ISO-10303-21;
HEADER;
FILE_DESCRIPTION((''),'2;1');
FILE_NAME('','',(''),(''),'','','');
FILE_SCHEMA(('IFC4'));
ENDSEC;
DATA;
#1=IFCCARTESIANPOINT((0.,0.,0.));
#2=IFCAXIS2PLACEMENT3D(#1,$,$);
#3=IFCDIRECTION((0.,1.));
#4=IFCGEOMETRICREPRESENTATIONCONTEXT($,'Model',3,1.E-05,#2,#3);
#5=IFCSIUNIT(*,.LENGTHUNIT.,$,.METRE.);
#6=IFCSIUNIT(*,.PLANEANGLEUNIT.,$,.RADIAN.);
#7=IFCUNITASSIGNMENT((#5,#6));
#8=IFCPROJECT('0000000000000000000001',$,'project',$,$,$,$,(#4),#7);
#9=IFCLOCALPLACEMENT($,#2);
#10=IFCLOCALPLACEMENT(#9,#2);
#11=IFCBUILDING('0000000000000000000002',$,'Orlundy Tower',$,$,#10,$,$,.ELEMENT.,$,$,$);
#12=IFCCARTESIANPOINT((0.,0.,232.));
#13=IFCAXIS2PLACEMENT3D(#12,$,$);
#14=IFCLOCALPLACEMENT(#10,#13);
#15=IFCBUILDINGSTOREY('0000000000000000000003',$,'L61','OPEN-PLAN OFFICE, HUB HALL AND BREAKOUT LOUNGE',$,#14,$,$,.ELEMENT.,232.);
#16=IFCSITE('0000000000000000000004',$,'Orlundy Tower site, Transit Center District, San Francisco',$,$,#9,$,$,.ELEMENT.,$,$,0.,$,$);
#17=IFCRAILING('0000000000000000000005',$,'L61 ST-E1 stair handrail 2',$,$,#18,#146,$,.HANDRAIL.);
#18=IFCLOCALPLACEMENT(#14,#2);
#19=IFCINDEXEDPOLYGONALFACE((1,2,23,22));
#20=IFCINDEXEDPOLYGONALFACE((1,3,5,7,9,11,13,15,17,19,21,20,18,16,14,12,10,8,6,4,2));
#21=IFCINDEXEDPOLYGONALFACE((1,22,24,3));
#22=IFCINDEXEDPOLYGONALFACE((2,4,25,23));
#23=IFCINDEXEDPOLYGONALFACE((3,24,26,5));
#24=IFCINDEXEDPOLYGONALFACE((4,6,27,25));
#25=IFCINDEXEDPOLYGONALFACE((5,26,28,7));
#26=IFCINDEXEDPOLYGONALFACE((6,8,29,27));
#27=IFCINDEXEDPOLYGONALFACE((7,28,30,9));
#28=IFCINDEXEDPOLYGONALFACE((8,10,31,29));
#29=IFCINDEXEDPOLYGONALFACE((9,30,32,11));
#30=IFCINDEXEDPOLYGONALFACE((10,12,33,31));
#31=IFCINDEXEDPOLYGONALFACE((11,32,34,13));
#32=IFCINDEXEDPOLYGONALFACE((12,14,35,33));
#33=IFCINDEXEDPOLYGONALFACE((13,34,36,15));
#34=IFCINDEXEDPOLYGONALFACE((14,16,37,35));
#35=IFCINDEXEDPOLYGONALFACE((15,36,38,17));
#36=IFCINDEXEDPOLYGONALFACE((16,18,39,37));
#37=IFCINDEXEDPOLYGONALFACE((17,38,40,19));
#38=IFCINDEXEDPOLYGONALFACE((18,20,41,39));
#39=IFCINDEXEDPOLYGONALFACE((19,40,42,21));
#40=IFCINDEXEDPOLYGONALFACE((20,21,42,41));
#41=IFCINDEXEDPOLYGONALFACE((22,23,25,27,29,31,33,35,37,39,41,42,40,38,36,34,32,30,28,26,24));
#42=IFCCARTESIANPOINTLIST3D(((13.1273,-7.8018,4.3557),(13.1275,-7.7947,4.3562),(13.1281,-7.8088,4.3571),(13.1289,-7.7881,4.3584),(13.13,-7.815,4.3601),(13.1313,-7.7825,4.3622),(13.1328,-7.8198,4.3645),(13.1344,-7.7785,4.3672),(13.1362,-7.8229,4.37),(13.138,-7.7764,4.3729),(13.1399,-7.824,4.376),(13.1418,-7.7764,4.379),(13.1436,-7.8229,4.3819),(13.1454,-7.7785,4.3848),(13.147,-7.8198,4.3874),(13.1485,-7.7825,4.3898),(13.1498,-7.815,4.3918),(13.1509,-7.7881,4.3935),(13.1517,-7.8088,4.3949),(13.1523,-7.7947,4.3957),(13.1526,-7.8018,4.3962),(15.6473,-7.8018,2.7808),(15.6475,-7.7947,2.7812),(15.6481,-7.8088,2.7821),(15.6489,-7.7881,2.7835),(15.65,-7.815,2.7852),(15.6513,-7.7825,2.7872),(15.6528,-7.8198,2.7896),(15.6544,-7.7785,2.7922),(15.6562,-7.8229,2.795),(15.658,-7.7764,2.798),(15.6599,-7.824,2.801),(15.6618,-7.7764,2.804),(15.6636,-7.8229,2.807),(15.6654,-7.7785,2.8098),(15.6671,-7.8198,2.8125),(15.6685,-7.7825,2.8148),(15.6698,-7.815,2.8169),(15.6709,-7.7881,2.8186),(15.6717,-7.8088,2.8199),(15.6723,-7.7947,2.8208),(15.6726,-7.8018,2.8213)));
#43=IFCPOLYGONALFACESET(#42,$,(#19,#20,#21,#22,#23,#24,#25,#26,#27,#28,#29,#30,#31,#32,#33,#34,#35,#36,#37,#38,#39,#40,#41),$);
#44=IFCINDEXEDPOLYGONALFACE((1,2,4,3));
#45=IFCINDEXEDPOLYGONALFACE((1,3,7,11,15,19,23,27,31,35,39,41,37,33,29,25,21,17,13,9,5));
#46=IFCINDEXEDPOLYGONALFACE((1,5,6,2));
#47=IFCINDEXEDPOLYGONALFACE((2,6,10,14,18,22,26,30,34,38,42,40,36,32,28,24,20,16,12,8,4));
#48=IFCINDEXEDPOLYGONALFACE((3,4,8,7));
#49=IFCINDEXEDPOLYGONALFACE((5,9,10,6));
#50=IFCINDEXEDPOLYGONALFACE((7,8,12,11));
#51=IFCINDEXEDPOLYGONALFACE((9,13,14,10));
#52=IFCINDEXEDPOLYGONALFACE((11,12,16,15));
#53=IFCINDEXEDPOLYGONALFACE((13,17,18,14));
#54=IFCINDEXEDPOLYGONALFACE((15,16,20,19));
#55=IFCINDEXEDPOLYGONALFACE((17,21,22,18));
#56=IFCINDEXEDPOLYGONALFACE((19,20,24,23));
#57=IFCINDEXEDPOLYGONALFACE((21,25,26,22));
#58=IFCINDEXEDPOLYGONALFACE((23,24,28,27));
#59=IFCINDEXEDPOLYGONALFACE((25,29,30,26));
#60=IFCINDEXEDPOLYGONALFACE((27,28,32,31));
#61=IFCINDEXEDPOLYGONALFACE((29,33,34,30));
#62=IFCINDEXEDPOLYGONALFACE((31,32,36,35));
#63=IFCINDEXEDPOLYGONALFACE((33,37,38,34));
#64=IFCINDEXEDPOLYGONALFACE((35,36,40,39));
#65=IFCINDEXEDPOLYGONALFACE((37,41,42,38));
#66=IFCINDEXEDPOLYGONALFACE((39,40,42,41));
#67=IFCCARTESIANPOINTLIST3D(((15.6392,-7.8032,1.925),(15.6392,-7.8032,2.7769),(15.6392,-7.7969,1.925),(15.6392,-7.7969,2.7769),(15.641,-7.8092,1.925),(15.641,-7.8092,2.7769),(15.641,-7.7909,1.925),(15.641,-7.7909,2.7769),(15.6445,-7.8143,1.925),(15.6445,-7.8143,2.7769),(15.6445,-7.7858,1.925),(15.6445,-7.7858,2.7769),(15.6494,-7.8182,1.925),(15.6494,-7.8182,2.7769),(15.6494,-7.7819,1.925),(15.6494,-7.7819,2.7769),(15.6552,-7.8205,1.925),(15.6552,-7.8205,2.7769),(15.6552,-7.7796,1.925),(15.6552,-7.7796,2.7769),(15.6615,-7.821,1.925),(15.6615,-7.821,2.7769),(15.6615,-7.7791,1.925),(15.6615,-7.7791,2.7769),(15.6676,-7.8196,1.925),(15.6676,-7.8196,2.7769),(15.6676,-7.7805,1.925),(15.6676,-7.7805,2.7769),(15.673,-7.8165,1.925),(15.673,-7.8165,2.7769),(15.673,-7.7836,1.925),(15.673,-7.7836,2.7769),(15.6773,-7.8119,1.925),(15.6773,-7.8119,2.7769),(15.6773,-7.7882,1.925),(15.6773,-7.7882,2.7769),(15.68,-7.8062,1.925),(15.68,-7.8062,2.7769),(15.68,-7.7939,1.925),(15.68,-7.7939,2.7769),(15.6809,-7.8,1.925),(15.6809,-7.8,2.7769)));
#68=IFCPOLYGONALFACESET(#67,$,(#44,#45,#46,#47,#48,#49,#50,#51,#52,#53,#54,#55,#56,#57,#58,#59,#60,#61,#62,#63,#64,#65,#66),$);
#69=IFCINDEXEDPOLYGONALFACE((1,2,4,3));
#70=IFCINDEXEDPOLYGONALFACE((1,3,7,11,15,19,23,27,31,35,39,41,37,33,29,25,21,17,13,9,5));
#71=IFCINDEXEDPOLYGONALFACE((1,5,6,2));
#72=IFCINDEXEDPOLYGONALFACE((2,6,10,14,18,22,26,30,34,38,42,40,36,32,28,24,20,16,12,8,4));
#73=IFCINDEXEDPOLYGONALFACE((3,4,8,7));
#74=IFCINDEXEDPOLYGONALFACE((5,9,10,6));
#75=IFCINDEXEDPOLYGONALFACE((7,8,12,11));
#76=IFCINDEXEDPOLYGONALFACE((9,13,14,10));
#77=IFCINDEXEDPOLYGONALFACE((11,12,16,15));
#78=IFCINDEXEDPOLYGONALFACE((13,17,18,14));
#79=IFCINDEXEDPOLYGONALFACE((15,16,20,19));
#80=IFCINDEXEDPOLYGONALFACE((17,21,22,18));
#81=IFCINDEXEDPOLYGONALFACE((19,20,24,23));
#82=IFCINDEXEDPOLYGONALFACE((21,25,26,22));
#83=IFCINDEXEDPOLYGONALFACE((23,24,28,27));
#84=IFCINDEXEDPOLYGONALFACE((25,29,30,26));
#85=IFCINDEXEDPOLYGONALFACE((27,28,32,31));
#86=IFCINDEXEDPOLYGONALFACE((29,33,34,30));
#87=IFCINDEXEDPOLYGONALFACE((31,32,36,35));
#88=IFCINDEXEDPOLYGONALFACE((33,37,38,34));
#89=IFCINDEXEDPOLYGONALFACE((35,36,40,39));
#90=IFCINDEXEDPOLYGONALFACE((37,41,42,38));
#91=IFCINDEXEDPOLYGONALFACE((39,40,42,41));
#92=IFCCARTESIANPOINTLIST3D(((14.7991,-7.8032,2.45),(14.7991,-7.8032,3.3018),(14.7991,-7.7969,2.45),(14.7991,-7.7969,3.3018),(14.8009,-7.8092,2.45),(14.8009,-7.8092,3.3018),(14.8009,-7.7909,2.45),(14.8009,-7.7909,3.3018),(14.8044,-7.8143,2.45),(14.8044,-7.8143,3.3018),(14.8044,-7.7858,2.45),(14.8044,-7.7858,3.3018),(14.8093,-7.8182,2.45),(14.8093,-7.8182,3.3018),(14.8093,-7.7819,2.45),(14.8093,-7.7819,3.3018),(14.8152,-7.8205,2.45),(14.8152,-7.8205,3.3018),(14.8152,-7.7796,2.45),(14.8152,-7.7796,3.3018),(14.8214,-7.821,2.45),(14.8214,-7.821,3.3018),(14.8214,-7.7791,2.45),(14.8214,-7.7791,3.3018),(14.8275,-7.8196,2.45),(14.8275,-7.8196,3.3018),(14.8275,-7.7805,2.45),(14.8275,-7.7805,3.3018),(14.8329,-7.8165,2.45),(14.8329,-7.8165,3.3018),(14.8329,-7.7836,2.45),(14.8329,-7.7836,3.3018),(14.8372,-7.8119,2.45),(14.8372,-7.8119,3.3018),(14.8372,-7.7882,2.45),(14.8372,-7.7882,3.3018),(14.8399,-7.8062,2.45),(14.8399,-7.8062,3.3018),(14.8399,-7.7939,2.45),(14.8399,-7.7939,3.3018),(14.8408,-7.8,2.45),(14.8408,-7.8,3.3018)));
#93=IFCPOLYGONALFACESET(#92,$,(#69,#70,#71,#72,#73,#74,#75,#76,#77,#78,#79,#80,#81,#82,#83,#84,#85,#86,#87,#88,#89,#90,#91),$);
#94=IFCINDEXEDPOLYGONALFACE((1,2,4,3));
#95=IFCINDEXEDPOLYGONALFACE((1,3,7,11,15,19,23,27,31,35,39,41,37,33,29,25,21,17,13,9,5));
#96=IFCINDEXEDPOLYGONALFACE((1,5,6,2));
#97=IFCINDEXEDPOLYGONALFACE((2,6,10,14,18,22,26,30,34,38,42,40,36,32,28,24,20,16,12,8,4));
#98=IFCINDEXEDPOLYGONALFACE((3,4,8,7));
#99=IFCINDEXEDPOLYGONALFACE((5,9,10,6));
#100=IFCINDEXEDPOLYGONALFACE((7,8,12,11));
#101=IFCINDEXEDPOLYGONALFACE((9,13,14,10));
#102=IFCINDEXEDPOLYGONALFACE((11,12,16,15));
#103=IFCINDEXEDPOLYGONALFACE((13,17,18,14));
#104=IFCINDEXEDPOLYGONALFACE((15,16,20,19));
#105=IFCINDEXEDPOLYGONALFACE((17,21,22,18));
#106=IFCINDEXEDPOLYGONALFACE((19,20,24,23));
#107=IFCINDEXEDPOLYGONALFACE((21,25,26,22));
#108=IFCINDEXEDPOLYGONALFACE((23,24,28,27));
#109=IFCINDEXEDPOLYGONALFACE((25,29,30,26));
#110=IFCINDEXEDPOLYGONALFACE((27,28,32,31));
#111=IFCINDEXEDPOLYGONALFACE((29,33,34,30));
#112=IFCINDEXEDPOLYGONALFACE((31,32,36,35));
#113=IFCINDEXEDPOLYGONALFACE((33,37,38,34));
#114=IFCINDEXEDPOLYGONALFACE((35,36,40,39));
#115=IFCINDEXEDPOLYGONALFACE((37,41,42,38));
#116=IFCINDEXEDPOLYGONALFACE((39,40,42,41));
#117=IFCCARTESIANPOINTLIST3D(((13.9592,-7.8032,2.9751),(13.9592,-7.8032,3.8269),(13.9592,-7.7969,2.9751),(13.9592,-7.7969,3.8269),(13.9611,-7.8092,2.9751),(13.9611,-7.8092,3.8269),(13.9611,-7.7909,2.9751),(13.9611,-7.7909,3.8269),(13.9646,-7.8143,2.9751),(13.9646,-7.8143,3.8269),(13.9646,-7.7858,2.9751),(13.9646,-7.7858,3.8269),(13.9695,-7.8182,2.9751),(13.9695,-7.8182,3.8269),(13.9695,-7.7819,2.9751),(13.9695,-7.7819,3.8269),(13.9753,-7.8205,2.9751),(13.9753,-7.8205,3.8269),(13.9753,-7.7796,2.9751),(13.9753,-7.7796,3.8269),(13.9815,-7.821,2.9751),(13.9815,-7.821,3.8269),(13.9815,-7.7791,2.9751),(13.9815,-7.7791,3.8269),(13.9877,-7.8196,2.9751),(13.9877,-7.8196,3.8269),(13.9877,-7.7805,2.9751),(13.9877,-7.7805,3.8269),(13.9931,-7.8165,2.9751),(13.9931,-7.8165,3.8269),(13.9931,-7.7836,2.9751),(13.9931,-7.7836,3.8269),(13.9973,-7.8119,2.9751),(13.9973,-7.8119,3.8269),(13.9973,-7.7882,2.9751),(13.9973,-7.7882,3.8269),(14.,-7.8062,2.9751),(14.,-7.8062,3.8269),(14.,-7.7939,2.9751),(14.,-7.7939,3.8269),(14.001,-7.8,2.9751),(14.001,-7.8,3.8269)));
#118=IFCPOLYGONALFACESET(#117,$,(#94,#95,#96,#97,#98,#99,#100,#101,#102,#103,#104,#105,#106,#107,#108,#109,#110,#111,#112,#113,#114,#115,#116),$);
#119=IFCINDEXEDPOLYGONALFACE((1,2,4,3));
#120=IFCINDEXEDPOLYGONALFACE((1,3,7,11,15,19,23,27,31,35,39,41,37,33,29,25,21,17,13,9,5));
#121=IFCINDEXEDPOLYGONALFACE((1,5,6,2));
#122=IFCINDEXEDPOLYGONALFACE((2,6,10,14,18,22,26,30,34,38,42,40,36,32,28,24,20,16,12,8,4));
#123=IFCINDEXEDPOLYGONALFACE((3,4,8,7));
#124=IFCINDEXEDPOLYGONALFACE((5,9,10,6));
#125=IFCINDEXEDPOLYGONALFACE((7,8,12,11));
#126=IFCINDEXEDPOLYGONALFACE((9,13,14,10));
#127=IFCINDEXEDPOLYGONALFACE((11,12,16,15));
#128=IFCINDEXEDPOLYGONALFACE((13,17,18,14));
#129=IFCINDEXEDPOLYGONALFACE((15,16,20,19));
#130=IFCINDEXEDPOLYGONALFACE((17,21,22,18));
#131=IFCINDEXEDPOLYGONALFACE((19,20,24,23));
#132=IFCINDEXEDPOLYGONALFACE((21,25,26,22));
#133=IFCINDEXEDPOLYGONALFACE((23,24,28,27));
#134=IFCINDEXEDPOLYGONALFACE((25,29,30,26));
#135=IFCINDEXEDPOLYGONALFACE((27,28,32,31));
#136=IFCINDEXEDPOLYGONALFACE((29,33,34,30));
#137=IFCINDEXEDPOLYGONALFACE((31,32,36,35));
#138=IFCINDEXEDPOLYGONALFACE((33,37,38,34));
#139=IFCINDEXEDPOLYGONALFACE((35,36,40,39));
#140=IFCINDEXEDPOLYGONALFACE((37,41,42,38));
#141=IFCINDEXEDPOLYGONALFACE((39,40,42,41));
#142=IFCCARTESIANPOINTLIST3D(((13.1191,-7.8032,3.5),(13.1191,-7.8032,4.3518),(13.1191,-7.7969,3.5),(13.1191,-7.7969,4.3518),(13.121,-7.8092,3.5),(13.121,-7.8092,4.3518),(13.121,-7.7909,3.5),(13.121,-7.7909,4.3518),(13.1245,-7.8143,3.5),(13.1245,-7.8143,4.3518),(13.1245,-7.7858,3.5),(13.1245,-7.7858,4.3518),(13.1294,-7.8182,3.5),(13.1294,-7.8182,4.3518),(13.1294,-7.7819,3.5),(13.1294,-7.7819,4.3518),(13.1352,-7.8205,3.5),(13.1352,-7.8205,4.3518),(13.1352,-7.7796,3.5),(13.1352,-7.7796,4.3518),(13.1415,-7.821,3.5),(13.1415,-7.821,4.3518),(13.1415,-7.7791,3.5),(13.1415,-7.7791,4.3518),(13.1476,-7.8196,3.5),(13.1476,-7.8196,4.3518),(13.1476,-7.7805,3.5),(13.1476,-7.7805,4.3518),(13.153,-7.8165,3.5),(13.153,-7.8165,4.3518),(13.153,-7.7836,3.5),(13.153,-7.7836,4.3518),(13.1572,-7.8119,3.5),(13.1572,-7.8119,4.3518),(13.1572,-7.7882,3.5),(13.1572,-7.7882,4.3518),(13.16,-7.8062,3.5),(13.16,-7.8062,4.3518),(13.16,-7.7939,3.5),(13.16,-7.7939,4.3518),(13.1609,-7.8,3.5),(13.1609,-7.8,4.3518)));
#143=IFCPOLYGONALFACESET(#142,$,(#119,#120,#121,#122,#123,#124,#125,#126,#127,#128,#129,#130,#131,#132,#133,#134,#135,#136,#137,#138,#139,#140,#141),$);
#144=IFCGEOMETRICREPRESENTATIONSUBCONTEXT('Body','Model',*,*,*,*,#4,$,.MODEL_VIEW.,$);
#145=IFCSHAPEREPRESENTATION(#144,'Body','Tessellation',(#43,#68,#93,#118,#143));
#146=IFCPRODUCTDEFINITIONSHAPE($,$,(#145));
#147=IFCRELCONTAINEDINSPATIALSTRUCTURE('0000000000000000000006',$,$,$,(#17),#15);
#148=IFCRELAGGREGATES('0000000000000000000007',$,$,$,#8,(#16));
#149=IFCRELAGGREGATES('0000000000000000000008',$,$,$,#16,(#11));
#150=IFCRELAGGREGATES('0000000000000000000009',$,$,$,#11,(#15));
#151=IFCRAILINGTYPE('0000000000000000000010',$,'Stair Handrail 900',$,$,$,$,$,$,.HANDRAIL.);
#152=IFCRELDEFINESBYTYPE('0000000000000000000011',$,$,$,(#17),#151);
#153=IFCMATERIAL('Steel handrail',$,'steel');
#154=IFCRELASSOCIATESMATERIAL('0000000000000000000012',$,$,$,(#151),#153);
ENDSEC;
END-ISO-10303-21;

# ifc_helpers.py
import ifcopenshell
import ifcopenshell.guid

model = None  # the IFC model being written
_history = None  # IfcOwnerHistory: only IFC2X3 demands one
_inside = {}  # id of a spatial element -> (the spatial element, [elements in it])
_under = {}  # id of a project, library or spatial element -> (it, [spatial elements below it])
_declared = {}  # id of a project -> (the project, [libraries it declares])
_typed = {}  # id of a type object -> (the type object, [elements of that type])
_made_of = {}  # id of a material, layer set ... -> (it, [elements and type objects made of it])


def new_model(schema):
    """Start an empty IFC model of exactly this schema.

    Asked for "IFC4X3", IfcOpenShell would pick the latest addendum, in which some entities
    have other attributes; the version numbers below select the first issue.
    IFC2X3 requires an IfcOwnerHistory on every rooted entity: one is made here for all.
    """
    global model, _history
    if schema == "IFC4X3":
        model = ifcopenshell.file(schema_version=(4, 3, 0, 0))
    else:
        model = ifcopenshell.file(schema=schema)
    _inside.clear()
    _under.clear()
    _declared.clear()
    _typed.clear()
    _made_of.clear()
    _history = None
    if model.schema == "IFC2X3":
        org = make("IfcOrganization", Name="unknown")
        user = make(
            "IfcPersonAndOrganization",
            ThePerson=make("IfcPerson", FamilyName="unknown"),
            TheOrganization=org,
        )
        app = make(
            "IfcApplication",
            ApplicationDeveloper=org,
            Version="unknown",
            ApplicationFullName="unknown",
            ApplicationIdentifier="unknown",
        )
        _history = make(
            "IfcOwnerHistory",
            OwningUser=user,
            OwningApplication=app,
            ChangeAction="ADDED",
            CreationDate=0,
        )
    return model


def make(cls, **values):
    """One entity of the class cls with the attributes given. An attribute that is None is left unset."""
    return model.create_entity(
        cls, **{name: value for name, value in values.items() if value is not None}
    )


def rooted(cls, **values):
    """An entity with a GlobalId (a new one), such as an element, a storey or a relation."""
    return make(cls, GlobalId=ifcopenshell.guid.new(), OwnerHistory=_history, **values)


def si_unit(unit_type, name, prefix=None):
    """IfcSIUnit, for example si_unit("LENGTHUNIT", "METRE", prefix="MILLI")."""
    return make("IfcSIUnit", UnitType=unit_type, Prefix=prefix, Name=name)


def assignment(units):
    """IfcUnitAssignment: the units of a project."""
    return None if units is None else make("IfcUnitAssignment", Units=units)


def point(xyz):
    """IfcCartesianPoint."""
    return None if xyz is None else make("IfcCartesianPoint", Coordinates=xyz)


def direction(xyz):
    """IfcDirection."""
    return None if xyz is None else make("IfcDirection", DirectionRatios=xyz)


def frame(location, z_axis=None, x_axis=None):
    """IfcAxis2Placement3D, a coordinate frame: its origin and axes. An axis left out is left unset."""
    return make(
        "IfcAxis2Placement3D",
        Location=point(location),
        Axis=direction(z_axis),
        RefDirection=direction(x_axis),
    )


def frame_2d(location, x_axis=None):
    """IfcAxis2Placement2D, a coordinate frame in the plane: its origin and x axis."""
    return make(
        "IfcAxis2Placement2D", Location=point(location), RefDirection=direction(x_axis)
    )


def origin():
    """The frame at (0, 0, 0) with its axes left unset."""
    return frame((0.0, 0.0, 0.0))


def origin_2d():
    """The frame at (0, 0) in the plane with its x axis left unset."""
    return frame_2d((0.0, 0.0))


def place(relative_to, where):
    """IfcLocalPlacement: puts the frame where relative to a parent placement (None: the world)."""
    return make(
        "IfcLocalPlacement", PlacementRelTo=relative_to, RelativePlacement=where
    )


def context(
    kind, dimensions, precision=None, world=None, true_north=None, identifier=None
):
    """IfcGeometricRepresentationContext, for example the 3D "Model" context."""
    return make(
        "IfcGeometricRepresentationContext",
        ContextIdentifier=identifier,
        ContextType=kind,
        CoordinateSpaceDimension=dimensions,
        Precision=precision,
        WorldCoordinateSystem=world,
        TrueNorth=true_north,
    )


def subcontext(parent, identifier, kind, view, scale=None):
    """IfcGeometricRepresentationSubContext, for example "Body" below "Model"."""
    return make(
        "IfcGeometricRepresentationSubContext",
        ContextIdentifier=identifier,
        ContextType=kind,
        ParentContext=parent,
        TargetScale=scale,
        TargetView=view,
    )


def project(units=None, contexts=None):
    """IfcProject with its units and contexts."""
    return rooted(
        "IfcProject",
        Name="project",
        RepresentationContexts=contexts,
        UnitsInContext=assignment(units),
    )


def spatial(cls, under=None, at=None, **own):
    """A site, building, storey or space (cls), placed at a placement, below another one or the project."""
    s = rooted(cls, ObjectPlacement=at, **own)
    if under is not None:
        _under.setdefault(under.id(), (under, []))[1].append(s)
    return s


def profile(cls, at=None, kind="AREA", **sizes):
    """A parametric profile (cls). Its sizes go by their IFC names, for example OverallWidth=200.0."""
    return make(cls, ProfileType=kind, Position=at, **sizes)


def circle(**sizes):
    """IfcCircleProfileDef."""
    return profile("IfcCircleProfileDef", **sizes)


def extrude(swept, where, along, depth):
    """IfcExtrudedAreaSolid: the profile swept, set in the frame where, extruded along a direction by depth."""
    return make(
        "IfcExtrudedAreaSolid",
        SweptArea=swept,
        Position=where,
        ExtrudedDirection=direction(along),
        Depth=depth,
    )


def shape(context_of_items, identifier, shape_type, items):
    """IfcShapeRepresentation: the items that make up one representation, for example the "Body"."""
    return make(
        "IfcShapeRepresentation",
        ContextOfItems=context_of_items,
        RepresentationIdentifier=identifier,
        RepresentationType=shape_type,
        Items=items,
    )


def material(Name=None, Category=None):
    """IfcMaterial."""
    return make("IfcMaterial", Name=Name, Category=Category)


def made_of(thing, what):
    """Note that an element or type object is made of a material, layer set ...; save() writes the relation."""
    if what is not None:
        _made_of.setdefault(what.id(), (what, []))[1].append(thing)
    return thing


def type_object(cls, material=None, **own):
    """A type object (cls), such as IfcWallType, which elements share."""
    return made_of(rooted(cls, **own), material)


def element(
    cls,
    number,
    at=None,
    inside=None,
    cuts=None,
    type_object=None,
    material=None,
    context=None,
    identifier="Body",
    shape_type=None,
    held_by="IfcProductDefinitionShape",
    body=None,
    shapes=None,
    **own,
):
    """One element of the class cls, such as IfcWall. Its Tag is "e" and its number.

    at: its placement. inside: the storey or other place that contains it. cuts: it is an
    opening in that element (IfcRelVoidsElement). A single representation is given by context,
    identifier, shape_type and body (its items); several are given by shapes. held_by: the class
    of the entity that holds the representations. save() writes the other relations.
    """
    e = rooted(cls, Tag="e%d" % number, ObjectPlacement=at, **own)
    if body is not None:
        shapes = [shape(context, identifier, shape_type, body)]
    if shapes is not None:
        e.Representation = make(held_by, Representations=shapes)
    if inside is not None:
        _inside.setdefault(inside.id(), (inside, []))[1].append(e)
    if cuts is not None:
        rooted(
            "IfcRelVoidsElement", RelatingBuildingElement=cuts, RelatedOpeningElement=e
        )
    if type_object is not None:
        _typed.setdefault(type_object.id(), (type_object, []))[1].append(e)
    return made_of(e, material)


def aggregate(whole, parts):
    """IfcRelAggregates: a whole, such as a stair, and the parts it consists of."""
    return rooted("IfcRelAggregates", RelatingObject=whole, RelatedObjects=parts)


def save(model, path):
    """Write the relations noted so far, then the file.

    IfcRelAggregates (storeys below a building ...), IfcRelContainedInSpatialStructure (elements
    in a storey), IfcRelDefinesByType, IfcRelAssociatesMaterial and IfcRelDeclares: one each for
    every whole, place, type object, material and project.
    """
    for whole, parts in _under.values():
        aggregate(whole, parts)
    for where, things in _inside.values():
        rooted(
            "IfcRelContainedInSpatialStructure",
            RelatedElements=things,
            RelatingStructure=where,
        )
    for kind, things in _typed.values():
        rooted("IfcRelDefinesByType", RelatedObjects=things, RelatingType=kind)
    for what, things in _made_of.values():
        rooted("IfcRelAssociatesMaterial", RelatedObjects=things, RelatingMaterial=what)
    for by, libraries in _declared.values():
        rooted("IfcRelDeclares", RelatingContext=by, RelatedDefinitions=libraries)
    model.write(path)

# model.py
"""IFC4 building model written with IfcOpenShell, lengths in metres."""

from ifc_helpers import new_model, si_unit, direction, frame, origin, origin_2d, place, context, subcontext, project, spatial, circle, extrude, material, type_object, element, save


model = new_model("IFC4")

# Units and contexts
model_context = context("Model", 3, precision=1e-05, world=origin(), true_north=direction((0.0, 1.0)))
body_context = subcontext(model_context, "Body", "Model", "MODEL_VIEW")
ifc_project = project(units=[si_unit("LENGTHUNIT", "METRE"), si_unit("PLANEANGLEUNIT", "RADIAN")], contexts=[model_context])

# Site, building, storey
site_placement = place(None, origin())
site = spatial("IfcSite", under=ifc_project, at=site_placement, Name="Orlundy Tower site, Transit Center District, San Francisco", CompositionType="ELEMENT", RefElevation=0.0)
building_placement = place(site_placement, origin())
building = spatial("IfcBuilding", under=site, at=building_placement, Name="Orlundy Tower", CompositionType="ELEMENT")
storey_placement = place(building_placement, frame((0.0, 0.0, 232.0)))
storey = spatial("IfcBuildingStorey", under=building, at=storey_placement, Name="L61", Description="OPEN-PLAN OFFICE, HUB HALL AND BREAKOUT LOUNGE", CompositionType="ELEMENT", Elevation=232.0)

# Railing
ifc_material_1 = material(Name="Steel handrail", Category="steel")
railing_type_1 = type_object("IfcRailingType", Name="Stair Handrail 900", PredefinedType="HANDRAIL", material=ifc_material_1)
railing_1_placement = place(storey_placement, frame((15.6599, -7.8, 1.925)))
element("IfcRailing", 1, at=railing_1_placement, inside=storey, type_object=railing_type_1, Name="L61 ST-E1 stair handrail 2", PredefinedType="HANDRAIL", context=body_context, shape_type="SweptSolid", body=[
    extrude(circle(Radius=0.0239, at=origin_2d()), frame((0.0, 0.0, 0.876), z_axis=(-0.848008, 0.0, 0.529984), x_axis=(0.0, -1.0, 0.0)), (0.0, 0.0, 1.0), 2.9717),
    extrude(circle(Radius=0.021, at=origin_2d()), origin(), (0.0, 0.0, 1.0), 0.8518),
    extrude(circle(Radius=0.021, at=origin_2d()), frame((-0.8401, 0.0, 0.5249)), (0.0, 0.0, 1.0), 0.8518),
    extrude(circle(Radius=0.021, at=origin_2d()), frame((-1.6799, 0.0, 1.05)), (0.0, 0.0, 1.0), 0.8518),
    extrude(circle(Radius=0.021, at=origin_2d()), frame((-2.52, 0.0, 1.575)), (0.0, 0.0, 1.0), 0.8518),
])

save(model, "model.ifc")
